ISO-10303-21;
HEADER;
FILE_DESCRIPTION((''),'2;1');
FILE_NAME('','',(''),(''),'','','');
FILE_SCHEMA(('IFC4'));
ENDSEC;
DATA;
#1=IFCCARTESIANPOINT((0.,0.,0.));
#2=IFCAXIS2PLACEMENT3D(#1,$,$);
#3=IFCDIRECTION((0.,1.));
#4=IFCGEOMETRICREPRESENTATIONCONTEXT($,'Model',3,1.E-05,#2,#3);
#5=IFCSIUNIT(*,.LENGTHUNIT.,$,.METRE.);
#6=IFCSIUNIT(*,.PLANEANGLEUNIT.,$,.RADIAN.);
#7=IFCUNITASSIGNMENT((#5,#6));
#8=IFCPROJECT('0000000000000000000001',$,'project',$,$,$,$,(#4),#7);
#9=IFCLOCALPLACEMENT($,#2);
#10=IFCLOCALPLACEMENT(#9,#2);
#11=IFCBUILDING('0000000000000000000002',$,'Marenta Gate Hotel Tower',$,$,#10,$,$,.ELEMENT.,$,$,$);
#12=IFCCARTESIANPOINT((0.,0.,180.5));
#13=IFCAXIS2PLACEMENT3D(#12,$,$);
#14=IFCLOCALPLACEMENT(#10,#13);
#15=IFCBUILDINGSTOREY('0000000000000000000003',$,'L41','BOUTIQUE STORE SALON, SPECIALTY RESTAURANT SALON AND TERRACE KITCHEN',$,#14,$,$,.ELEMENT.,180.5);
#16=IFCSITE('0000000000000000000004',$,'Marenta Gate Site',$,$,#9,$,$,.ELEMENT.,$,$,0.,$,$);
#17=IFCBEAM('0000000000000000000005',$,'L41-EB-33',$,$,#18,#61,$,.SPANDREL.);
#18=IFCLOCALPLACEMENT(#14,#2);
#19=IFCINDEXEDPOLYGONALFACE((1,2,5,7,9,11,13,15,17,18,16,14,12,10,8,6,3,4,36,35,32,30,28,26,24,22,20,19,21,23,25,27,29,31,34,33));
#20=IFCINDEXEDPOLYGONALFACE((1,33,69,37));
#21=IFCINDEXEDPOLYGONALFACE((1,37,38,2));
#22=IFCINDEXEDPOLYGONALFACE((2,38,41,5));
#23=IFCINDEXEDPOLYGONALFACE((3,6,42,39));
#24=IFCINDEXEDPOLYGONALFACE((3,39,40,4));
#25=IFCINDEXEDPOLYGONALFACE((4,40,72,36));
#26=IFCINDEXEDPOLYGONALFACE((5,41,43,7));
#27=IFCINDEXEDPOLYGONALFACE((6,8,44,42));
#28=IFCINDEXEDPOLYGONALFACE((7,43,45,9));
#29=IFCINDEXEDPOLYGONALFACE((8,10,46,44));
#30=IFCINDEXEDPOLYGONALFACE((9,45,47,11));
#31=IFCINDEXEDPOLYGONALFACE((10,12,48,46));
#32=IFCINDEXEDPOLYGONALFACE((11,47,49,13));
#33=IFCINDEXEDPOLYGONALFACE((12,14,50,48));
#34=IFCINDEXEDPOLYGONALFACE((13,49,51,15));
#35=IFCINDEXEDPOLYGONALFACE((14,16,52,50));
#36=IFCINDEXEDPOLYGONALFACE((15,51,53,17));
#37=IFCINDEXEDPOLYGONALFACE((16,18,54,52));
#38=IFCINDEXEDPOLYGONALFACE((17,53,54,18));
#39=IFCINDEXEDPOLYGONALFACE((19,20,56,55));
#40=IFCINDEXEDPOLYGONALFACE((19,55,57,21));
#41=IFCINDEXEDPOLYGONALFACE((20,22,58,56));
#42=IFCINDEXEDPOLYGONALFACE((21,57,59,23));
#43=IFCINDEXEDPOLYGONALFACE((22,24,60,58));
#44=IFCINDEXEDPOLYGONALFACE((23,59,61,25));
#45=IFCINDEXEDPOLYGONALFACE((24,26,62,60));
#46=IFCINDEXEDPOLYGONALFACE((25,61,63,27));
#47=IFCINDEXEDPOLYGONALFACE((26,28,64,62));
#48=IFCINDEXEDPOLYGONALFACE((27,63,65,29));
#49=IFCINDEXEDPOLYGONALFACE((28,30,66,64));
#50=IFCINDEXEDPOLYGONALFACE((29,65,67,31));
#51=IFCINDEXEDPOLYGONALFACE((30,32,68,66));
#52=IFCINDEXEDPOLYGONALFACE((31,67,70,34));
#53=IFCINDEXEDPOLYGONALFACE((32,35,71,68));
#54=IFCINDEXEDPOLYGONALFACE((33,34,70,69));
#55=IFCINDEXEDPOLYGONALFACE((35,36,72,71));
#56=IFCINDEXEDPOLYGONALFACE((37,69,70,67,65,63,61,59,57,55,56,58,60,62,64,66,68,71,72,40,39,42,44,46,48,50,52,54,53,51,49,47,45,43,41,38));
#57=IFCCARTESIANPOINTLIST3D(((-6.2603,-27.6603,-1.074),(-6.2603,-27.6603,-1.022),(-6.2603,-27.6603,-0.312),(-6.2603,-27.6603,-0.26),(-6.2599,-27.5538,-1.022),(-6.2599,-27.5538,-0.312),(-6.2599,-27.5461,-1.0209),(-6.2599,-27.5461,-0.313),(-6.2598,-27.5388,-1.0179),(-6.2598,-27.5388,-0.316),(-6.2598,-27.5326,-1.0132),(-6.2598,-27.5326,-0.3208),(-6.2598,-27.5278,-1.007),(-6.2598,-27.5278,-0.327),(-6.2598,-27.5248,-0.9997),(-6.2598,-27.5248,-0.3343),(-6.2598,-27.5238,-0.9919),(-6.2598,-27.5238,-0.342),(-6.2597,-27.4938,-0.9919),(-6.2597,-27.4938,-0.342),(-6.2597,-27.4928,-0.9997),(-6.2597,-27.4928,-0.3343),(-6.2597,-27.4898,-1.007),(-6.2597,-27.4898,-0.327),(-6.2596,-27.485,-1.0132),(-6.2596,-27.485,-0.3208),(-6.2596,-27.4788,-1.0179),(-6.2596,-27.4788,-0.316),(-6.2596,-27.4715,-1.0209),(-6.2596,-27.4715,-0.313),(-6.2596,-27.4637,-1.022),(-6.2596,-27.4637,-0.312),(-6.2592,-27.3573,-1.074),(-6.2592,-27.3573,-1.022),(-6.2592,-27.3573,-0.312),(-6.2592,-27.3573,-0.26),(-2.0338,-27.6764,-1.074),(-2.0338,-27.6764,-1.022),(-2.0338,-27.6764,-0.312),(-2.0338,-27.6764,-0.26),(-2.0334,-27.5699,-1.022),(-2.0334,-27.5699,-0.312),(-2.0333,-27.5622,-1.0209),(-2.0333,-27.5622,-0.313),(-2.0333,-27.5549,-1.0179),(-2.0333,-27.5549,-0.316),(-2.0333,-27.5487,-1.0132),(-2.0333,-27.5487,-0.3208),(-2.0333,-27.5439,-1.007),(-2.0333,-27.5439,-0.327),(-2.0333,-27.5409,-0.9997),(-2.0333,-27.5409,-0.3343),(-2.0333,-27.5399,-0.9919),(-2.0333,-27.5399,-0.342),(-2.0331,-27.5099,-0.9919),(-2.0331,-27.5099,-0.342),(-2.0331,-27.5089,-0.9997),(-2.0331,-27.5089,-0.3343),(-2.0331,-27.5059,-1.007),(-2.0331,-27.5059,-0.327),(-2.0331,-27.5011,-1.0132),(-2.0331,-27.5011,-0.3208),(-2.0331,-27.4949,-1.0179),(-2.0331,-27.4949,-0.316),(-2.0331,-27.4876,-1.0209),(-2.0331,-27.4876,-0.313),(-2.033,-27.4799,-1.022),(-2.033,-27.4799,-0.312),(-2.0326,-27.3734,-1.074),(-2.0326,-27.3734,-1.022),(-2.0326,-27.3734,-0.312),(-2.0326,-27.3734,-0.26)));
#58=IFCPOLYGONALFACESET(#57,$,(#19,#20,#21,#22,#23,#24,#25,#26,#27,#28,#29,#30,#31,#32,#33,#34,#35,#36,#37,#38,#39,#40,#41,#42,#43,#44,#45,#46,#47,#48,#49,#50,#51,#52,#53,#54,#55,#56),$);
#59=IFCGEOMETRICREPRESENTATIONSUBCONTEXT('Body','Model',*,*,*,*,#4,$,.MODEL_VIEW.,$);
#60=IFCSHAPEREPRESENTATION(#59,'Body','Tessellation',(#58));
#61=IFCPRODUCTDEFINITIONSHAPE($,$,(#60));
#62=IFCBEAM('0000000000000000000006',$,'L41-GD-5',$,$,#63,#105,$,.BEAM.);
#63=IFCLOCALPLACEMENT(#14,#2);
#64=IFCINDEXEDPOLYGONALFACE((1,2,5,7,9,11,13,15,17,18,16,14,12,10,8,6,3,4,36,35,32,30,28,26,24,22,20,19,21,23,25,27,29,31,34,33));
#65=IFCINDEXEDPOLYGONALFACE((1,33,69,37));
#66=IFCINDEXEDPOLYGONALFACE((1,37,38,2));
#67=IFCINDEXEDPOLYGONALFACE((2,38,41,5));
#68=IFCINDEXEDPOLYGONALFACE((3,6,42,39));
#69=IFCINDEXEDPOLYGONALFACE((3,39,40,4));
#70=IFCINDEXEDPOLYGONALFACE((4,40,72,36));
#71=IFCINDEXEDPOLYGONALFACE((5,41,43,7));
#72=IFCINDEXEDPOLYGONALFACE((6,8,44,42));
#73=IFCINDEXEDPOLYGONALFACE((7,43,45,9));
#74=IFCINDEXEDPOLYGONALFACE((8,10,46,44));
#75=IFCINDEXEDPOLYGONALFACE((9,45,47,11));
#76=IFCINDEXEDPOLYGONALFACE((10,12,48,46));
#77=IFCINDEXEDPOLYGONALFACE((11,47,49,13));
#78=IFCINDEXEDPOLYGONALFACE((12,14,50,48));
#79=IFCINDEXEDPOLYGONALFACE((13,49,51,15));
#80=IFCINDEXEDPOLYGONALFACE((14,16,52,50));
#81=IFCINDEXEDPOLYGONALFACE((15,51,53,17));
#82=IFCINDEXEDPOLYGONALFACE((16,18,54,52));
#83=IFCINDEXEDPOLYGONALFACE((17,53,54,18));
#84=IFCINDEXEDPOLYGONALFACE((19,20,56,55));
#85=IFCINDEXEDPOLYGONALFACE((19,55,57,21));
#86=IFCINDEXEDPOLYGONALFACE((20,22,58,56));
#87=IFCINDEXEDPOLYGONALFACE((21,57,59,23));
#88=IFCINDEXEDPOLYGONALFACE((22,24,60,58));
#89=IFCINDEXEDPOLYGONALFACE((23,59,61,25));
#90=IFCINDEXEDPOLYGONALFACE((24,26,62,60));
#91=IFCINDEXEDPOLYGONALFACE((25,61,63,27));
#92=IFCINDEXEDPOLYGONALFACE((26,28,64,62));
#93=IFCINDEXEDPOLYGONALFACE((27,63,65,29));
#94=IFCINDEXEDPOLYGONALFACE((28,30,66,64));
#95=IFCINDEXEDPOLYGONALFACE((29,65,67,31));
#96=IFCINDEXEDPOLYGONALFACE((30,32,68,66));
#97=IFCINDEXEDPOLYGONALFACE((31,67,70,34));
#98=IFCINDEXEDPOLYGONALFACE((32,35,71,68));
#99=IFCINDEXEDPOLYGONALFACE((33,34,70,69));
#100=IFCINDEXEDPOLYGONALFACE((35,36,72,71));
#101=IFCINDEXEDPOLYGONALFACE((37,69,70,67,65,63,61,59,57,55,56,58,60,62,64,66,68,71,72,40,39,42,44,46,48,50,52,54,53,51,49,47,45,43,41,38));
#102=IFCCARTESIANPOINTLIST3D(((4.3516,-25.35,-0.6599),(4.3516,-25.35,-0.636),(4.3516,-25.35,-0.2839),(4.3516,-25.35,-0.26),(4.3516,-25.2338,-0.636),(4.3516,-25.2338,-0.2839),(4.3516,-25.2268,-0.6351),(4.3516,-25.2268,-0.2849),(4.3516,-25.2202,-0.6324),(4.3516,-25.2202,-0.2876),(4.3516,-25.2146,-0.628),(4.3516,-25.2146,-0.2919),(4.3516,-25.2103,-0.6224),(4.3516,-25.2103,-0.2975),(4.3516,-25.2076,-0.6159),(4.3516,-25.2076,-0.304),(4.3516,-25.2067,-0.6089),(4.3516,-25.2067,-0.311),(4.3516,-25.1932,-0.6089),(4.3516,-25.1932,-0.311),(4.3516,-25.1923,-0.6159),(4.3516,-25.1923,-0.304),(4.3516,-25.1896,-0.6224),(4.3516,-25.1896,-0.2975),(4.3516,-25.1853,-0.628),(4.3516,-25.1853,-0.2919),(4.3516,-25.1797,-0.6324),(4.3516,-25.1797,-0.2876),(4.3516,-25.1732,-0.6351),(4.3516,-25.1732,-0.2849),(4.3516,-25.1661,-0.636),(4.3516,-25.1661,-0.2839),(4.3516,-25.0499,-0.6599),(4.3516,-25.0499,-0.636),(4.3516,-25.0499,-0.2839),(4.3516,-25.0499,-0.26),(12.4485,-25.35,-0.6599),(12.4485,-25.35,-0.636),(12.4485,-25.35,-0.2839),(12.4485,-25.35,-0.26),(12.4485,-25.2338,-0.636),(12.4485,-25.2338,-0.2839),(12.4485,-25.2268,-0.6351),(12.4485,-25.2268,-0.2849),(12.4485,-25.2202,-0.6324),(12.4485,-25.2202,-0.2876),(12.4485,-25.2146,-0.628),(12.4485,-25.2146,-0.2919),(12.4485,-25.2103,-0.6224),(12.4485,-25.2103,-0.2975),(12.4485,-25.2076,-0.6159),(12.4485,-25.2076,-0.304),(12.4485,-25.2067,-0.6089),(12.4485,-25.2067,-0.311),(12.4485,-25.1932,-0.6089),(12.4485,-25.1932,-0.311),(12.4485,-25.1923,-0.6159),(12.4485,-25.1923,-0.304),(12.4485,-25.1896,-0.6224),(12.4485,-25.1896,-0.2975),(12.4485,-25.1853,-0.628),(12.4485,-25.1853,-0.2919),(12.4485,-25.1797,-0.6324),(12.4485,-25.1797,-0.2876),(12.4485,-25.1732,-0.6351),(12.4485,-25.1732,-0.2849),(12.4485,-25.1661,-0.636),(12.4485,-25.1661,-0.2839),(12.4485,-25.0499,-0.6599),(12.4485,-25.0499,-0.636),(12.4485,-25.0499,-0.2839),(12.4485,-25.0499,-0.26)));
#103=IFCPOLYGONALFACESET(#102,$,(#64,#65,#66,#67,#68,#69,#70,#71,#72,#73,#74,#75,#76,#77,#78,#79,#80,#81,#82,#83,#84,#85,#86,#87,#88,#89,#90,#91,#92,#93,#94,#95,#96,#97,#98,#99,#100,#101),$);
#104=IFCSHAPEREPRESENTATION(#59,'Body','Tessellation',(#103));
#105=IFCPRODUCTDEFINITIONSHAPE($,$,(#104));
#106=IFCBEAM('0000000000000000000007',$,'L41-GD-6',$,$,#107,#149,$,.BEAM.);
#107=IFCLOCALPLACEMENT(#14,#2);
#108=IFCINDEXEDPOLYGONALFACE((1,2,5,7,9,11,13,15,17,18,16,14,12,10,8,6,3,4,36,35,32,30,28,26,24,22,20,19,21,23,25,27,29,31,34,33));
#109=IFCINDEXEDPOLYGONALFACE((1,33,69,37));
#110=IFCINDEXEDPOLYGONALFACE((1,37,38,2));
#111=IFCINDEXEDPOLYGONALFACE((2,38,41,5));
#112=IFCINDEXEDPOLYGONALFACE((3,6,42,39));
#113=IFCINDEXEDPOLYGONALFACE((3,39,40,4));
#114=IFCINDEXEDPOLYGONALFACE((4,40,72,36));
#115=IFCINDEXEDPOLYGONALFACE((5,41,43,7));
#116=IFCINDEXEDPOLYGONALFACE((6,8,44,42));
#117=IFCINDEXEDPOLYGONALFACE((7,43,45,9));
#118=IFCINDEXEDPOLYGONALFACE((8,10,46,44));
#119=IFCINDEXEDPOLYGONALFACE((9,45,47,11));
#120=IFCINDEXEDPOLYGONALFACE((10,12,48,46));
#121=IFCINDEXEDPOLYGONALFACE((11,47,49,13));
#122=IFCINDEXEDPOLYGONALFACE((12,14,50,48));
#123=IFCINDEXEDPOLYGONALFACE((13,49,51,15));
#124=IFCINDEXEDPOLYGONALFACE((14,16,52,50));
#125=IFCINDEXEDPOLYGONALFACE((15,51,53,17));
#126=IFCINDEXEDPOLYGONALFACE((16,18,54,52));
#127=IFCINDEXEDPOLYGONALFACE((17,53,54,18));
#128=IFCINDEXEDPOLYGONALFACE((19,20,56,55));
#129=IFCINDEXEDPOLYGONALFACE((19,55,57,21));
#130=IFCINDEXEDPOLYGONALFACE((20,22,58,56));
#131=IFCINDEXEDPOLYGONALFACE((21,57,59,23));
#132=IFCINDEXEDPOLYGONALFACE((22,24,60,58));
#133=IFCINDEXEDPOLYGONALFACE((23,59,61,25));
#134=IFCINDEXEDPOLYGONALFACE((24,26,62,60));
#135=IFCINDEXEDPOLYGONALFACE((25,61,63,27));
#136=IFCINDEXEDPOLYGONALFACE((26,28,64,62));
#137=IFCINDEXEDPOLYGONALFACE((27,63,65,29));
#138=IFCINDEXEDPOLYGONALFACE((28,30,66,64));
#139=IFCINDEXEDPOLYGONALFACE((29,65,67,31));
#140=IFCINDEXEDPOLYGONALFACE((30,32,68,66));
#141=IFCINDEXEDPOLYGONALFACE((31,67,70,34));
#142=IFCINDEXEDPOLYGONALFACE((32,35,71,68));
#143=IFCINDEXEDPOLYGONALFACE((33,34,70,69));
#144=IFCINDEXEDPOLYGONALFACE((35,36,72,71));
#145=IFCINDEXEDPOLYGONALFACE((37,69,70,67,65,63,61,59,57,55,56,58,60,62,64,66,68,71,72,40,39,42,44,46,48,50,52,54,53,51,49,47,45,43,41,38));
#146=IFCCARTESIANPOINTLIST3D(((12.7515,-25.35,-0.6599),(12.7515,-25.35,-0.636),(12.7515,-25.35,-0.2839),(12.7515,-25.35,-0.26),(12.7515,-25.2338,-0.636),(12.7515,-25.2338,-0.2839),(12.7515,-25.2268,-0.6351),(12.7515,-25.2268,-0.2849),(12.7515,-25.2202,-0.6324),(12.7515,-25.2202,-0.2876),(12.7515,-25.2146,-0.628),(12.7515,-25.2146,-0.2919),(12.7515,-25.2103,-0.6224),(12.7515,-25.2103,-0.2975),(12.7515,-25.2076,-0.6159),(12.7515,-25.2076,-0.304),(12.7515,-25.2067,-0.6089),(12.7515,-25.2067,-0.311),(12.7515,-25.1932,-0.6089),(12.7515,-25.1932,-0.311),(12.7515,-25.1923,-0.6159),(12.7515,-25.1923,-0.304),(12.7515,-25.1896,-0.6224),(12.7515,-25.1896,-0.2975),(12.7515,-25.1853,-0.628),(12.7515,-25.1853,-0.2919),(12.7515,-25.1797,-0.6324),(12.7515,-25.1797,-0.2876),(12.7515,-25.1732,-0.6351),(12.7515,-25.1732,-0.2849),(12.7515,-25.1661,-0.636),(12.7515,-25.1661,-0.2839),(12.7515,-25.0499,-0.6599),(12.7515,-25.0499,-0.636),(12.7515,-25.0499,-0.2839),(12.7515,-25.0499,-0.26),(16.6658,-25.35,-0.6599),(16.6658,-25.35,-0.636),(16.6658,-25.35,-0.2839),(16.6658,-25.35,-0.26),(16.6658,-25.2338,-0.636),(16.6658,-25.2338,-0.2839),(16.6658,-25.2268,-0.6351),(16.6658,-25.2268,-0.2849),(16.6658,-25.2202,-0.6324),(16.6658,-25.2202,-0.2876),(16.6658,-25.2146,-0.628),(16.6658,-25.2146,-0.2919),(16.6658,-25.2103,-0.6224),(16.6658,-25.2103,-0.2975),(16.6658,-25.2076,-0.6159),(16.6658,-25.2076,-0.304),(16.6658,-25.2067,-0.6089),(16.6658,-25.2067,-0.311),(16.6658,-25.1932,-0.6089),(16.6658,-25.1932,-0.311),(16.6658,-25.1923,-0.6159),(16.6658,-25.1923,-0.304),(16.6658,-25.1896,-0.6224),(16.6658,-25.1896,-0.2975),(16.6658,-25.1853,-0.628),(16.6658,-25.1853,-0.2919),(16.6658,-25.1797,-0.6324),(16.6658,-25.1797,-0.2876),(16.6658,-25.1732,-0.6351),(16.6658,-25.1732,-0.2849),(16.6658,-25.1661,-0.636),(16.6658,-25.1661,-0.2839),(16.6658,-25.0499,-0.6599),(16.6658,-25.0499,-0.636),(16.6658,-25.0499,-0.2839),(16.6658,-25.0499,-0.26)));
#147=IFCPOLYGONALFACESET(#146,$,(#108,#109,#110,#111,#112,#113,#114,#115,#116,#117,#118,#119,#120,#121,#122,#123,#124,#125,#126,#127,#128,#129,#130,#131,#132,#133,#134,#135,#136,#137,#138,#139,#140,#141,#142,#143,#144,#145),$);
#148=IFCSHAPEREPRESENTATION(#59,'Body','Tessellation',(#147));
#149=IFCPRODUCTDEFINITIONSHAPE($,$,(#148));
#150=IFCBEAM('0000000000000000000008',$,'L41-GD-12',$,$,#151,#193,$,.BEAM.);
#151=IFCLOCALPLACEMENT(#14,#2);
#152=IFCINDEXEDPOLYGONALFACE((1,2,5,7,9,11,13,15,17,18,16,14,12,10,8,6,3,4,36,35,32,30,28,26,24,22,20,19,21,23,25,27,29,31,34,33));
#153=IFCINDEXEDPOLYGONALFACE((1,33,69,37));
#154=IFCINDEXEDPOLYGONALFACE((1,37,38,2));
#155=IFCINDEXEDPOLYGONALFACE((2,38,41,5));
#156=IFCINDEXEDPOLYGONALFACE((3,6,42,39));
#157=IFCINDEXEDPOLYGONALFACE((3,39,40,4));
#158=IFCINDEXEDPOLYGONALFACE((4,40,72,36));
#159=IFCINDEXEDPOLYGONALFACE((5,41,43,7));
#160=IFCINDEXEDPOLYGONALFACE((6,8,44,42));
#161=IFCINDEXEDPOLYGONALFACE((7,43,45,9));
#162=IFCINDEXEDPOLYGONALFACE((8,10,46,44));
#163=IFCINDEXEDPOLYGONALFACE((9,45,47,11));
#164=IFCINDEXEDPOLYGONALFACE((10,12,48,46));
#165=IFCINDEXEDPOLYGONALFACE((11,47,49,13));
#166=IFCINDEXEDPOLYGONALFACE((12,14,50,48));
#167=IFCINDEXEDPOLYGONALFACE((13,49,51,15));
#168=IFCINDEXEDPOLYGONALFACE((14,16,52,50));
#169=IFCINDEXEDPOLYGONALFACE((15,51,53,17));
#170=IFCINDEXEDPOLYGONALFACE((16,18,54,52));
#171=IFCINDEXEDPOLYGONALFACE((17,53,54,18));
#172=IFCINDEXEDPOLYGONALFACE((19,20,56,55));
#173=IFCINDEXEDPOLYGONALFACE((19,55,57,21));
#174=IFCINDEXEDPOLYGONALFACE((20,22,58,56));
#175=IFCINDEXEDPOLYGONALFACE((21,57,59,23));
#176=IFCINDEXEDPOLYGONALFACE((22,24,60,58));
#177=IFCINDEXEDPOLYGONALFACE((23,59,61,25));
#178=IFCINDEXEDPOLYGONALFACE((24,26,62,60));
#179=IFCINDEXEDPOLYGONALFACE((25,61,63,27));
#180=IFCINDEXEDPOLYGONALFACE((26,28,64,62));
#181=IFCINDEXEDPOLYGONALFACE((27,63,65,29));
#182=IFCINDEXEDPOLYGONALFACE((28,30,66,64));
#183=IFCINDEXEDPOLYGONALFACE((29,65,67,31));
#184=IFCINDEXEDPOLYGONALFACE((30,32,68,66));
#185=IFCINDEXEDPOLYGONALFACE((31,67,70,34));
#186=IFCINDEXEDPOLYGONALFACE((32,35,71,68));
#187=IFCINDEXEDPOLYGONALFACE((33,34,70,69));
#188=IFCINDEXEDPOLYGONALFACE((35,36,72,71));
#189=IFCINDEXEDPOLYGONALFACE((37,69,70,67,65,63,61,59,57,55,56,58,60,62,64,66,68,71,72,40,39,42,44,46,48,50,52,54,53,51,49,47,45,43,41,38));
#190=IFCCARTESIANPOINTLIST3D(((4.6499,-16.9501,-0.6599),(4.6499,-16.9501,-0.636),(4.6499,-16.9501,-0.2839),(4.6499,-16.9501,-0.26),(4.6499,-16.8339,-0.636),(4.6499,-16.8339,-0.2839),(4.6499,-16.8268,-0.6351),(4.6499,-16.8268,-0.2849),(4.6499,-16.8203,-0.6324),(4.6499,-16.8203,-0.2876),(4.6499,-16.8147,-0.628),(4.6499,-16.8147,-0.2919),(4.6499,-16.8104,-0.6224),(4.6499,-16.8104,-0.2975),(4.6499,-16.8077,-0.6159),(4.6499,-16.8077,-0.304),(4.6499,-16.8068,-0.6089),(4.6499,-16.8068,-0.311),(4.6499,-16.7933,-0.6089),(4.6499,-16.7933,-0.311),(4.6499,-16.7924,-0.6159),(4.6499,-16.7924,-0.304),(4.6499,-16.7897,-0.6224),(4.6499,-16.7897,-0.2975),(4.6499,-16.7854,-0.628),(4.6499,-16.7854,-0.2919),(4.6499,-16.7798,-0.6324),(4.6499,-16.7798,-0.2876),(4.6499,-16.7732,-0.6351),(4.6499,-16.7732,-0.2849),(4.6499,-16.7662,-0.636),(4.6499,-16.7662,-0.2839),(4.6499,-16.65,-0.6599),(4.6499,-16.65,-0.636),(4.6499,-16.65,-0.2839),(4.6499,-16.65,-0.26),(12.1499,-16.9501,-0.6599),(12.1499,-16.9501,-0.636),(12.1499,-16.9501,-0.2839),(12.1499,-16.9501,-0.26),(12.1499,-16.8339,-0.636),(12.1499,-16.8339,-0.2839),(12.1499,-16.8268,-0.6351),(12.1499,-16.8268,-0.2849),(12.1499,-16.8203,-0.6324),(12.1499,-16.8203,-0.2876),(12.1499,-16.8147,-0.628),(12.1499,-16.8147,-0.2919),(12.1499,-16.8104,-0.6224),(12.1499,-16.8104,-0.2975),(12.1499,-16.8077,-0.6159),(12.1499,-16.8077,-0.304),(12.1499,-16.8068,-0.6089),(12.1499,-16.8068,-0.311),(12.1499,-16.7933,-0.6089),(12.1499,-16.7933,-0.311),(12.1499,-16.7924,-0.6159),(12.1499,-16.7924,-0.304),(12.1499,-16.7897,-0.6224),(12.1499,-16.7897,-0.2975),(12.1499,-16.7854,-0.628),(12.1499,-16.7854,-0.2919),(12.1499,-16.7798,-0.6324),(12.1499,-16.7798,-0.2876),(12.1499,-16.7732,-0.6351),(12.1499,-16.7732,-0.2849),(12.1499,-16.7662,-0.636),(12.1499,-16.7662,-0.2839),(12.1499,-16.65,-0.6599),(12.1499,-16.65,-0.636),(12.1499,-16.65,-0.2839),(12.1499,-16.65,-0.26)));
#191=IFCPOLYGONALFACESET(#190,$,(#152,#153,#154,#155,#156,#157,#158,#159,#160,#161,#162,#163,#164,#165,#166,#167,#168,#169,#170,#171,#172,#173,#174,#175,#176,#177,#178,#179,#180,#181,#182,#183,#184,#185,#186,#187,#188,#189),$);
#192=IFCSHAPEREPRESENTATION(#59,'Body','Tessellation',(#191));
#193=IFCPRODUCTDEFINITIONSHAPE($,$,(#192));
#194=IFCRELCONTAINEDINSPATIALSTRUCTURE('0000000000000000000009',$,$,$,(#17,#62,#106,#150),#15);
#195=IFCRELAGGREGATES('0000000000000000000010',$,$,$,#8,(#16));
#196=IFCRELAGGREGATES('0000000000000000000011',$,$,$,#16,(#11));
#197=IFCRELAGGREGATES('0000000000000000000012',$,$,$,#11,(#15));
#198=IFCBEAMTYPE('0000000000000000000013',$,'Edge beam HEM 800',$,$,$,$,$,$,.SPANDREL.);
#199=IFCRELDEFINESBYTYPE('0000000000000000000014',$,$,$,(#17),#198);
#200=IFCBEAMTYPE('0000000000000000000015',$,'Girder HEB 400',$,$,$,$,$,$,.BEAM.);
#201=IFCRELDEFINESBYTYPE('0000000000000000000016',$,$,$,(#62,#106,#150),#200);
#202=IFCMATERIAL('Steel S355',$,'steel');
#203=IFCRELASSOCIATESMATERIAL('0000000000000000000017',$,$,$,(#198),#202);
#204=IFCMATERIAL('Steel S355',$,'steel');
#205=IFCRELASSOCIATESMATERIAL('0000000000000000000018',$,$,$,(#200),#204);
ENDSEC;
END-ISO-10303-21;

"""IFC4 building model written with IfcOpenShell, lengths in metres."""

from ifc_helpers import new_model, si_unit, direction, frame, origin, origin_2d, place, context, subcontext, project, spatial, i_section, extrude, material, material_profile, profile_set, type_object, element, save


model = new_model("IFC4")

# Units and contexts
model_context = context("Model", 3, precision=1e-05, world=origin(), true_north=direction((0.0, 1.0)))
body_context = subcontext(model_context, "Body", "Model", "MODEL_VIEW")
ifc_project = project(units=[si_unit("LENGTHUNIT", "METRE"), si_unit("PLANEANGLEUNIT", "RADIAN")], contexts=[model_context])

# Site, building, storey
site_placement = place(None, origin())
site = spatial("IfcSite", under=ifc_project, at=site_placement, Name="Marenta Gate Site", CompositionType="ELEMENT", RefElevation=0.0)
building_placement = place(site_placement, origin())
building = spatial("IfcBuilding", under=site, at=building_placement, Name="Marenta Gate Hotel Tower", CompositionType="ELEMENT")
storey_placement = place(building_placement, frame((0.0, 0.0, 180.5)))
storey = spatial("IfcBuildingStorey", under=building, at=storey_placement, Name="L41", Description="BOUTIQUE STORE SALON, SPECIALTY RESTAURANT SALON AND TERRACE KITCHEN", CompositionType="ELEMENT", Elevation=180.5)

# Beams
ifc_material_1 = material(Name="Steel S355", Category="steel")
ifc_material_profile_1 = material_profile(ifc_material_1, i_section(OverallWidth=0.303, OverallDepth=0.814, WebThickness=0.03, FlangeThickness=0.052, FilletRadius=0.03, at=origin_2d()), Name="HEM 800")
ifc_profile_set_1 = profile_set([ifc_material_profile_1], Name="Steel S355")
beam_type_1 = type_object("IfcBeamType", Name="Edge beam HEM 800", PredefinedType="SPANDREL", material=ifc_profile_set_1)
for number, where, z_axis, x_axis, name in (
    (1, (-2.0332, -27.5249, -0.667), (-0.999993, 0.003812, 0.0), (-0.003812, -0.999993, 0.0), "L41-EB-33"),
):
    element("IfcBeam", number, at=place(storey_placement, frame(where, z_axis=z_axis, x_axis=x_axis)), inside=storey, type_object=beam_type_1, Name=name, PredefinedType="SPANDREL", context=body_context, shape_type="SweptSolid", body=[
        extrude(i_section(OverallWidth=0.303, OverallDepth=0.814, WebThickness=0.03, FlangeThickness=0.052, FilletRadius=0.03, at=origin_2d()), origin(), (0.0, 0.0, 1.0), 4.2266),
    ])
ifc_material_2 = material(Name="Steel S355", Category="steel")
ifc_material_profile_2 = material_profile(ifc_material_2, i_section(OverallWidth=0.3, OverallDepth=0.3999, WebThickness=0.0134, FlangeThickness=0.0239, FilletRadius=0.0271, at=origin_2d()), Name="HEB 400")
ifc_profile_set_2 = profile_set([ifc_material_profile_2], Name="Steel S355")
beam_type_2 = type_object("IfcBeamType", Name="Girder HEB 400", PredefinedType="BEAM", material=ifc_profile_set_2)
beam_1_placement = place(storey_placement, frame((4.3516, -25.2, -0.46), z_axis=(1.0, 0.0, 0.0), x_axis=(0.0, 1.0, 0.0)))
element("IfcBeam", 2, at=beam_1_placement, inside=storey, type_object=beam_type_2, Name="L41-GD-5", PredefinedType="BEAM", context=body_context, shape_type="SweptSolid", body=[
    extrude(i_section(OverallWidth=0.3, OverallDepth=0.3999, WebThickness=0.0134, FlangeThickness=0.0239, FilletRadius=0.0271, at=origin_2d()), origin(), (0.0, 0.0, 1.0), 8.0969),
])
beam_2_placement = place(storey_placement, frame((12.7515, -25.2, -0.46), z_axis=(1.0, 0.0, 0.0), x_axis=(0.0, 1.0, 0.0)))
element("IfcBeam", 3, at=beam_2_placement, inside=storey, type_object=beam_type_2, Name="L41-GD-6", PredefinedType="BEAM", context=body_context, shape_type="SweptSolid", body=[
    extrude(i_section(OverallWidth=0.3, OverallDepth=0.3999, WebThickness=0.0134, FlangeThickness=0.0239, FilletRadius=0.0271, at=origin_2d()), origin(), (0.0, 0.0, 1.0), 3.9143),
])
beam_3_placement = place(storey_placement, frame((4.6499, -16.8, -0.46), z_axis=(1.0, 0.0, 0.0), x_axis=(0.0, 1.0, 0.0)))
element("IfcBeam", 4, at=beam_3_placement, inside=storey, type_object=beam_type_2, Name="L41-GD-12", PredefinedType="BEAM", context=body_context, shape_type="SweptSolid", body=[
    extrude(i_section(OverallWidth=0.3, OverallDepth=0.3999, WebThickness=0.0134, FlangeThickness=0.0239, FilletRadius=0.0271, at=origin_2d()), origin(), (0.0, 0.0, 1.0), 7.5),
])

save(model, "model.ifc")
